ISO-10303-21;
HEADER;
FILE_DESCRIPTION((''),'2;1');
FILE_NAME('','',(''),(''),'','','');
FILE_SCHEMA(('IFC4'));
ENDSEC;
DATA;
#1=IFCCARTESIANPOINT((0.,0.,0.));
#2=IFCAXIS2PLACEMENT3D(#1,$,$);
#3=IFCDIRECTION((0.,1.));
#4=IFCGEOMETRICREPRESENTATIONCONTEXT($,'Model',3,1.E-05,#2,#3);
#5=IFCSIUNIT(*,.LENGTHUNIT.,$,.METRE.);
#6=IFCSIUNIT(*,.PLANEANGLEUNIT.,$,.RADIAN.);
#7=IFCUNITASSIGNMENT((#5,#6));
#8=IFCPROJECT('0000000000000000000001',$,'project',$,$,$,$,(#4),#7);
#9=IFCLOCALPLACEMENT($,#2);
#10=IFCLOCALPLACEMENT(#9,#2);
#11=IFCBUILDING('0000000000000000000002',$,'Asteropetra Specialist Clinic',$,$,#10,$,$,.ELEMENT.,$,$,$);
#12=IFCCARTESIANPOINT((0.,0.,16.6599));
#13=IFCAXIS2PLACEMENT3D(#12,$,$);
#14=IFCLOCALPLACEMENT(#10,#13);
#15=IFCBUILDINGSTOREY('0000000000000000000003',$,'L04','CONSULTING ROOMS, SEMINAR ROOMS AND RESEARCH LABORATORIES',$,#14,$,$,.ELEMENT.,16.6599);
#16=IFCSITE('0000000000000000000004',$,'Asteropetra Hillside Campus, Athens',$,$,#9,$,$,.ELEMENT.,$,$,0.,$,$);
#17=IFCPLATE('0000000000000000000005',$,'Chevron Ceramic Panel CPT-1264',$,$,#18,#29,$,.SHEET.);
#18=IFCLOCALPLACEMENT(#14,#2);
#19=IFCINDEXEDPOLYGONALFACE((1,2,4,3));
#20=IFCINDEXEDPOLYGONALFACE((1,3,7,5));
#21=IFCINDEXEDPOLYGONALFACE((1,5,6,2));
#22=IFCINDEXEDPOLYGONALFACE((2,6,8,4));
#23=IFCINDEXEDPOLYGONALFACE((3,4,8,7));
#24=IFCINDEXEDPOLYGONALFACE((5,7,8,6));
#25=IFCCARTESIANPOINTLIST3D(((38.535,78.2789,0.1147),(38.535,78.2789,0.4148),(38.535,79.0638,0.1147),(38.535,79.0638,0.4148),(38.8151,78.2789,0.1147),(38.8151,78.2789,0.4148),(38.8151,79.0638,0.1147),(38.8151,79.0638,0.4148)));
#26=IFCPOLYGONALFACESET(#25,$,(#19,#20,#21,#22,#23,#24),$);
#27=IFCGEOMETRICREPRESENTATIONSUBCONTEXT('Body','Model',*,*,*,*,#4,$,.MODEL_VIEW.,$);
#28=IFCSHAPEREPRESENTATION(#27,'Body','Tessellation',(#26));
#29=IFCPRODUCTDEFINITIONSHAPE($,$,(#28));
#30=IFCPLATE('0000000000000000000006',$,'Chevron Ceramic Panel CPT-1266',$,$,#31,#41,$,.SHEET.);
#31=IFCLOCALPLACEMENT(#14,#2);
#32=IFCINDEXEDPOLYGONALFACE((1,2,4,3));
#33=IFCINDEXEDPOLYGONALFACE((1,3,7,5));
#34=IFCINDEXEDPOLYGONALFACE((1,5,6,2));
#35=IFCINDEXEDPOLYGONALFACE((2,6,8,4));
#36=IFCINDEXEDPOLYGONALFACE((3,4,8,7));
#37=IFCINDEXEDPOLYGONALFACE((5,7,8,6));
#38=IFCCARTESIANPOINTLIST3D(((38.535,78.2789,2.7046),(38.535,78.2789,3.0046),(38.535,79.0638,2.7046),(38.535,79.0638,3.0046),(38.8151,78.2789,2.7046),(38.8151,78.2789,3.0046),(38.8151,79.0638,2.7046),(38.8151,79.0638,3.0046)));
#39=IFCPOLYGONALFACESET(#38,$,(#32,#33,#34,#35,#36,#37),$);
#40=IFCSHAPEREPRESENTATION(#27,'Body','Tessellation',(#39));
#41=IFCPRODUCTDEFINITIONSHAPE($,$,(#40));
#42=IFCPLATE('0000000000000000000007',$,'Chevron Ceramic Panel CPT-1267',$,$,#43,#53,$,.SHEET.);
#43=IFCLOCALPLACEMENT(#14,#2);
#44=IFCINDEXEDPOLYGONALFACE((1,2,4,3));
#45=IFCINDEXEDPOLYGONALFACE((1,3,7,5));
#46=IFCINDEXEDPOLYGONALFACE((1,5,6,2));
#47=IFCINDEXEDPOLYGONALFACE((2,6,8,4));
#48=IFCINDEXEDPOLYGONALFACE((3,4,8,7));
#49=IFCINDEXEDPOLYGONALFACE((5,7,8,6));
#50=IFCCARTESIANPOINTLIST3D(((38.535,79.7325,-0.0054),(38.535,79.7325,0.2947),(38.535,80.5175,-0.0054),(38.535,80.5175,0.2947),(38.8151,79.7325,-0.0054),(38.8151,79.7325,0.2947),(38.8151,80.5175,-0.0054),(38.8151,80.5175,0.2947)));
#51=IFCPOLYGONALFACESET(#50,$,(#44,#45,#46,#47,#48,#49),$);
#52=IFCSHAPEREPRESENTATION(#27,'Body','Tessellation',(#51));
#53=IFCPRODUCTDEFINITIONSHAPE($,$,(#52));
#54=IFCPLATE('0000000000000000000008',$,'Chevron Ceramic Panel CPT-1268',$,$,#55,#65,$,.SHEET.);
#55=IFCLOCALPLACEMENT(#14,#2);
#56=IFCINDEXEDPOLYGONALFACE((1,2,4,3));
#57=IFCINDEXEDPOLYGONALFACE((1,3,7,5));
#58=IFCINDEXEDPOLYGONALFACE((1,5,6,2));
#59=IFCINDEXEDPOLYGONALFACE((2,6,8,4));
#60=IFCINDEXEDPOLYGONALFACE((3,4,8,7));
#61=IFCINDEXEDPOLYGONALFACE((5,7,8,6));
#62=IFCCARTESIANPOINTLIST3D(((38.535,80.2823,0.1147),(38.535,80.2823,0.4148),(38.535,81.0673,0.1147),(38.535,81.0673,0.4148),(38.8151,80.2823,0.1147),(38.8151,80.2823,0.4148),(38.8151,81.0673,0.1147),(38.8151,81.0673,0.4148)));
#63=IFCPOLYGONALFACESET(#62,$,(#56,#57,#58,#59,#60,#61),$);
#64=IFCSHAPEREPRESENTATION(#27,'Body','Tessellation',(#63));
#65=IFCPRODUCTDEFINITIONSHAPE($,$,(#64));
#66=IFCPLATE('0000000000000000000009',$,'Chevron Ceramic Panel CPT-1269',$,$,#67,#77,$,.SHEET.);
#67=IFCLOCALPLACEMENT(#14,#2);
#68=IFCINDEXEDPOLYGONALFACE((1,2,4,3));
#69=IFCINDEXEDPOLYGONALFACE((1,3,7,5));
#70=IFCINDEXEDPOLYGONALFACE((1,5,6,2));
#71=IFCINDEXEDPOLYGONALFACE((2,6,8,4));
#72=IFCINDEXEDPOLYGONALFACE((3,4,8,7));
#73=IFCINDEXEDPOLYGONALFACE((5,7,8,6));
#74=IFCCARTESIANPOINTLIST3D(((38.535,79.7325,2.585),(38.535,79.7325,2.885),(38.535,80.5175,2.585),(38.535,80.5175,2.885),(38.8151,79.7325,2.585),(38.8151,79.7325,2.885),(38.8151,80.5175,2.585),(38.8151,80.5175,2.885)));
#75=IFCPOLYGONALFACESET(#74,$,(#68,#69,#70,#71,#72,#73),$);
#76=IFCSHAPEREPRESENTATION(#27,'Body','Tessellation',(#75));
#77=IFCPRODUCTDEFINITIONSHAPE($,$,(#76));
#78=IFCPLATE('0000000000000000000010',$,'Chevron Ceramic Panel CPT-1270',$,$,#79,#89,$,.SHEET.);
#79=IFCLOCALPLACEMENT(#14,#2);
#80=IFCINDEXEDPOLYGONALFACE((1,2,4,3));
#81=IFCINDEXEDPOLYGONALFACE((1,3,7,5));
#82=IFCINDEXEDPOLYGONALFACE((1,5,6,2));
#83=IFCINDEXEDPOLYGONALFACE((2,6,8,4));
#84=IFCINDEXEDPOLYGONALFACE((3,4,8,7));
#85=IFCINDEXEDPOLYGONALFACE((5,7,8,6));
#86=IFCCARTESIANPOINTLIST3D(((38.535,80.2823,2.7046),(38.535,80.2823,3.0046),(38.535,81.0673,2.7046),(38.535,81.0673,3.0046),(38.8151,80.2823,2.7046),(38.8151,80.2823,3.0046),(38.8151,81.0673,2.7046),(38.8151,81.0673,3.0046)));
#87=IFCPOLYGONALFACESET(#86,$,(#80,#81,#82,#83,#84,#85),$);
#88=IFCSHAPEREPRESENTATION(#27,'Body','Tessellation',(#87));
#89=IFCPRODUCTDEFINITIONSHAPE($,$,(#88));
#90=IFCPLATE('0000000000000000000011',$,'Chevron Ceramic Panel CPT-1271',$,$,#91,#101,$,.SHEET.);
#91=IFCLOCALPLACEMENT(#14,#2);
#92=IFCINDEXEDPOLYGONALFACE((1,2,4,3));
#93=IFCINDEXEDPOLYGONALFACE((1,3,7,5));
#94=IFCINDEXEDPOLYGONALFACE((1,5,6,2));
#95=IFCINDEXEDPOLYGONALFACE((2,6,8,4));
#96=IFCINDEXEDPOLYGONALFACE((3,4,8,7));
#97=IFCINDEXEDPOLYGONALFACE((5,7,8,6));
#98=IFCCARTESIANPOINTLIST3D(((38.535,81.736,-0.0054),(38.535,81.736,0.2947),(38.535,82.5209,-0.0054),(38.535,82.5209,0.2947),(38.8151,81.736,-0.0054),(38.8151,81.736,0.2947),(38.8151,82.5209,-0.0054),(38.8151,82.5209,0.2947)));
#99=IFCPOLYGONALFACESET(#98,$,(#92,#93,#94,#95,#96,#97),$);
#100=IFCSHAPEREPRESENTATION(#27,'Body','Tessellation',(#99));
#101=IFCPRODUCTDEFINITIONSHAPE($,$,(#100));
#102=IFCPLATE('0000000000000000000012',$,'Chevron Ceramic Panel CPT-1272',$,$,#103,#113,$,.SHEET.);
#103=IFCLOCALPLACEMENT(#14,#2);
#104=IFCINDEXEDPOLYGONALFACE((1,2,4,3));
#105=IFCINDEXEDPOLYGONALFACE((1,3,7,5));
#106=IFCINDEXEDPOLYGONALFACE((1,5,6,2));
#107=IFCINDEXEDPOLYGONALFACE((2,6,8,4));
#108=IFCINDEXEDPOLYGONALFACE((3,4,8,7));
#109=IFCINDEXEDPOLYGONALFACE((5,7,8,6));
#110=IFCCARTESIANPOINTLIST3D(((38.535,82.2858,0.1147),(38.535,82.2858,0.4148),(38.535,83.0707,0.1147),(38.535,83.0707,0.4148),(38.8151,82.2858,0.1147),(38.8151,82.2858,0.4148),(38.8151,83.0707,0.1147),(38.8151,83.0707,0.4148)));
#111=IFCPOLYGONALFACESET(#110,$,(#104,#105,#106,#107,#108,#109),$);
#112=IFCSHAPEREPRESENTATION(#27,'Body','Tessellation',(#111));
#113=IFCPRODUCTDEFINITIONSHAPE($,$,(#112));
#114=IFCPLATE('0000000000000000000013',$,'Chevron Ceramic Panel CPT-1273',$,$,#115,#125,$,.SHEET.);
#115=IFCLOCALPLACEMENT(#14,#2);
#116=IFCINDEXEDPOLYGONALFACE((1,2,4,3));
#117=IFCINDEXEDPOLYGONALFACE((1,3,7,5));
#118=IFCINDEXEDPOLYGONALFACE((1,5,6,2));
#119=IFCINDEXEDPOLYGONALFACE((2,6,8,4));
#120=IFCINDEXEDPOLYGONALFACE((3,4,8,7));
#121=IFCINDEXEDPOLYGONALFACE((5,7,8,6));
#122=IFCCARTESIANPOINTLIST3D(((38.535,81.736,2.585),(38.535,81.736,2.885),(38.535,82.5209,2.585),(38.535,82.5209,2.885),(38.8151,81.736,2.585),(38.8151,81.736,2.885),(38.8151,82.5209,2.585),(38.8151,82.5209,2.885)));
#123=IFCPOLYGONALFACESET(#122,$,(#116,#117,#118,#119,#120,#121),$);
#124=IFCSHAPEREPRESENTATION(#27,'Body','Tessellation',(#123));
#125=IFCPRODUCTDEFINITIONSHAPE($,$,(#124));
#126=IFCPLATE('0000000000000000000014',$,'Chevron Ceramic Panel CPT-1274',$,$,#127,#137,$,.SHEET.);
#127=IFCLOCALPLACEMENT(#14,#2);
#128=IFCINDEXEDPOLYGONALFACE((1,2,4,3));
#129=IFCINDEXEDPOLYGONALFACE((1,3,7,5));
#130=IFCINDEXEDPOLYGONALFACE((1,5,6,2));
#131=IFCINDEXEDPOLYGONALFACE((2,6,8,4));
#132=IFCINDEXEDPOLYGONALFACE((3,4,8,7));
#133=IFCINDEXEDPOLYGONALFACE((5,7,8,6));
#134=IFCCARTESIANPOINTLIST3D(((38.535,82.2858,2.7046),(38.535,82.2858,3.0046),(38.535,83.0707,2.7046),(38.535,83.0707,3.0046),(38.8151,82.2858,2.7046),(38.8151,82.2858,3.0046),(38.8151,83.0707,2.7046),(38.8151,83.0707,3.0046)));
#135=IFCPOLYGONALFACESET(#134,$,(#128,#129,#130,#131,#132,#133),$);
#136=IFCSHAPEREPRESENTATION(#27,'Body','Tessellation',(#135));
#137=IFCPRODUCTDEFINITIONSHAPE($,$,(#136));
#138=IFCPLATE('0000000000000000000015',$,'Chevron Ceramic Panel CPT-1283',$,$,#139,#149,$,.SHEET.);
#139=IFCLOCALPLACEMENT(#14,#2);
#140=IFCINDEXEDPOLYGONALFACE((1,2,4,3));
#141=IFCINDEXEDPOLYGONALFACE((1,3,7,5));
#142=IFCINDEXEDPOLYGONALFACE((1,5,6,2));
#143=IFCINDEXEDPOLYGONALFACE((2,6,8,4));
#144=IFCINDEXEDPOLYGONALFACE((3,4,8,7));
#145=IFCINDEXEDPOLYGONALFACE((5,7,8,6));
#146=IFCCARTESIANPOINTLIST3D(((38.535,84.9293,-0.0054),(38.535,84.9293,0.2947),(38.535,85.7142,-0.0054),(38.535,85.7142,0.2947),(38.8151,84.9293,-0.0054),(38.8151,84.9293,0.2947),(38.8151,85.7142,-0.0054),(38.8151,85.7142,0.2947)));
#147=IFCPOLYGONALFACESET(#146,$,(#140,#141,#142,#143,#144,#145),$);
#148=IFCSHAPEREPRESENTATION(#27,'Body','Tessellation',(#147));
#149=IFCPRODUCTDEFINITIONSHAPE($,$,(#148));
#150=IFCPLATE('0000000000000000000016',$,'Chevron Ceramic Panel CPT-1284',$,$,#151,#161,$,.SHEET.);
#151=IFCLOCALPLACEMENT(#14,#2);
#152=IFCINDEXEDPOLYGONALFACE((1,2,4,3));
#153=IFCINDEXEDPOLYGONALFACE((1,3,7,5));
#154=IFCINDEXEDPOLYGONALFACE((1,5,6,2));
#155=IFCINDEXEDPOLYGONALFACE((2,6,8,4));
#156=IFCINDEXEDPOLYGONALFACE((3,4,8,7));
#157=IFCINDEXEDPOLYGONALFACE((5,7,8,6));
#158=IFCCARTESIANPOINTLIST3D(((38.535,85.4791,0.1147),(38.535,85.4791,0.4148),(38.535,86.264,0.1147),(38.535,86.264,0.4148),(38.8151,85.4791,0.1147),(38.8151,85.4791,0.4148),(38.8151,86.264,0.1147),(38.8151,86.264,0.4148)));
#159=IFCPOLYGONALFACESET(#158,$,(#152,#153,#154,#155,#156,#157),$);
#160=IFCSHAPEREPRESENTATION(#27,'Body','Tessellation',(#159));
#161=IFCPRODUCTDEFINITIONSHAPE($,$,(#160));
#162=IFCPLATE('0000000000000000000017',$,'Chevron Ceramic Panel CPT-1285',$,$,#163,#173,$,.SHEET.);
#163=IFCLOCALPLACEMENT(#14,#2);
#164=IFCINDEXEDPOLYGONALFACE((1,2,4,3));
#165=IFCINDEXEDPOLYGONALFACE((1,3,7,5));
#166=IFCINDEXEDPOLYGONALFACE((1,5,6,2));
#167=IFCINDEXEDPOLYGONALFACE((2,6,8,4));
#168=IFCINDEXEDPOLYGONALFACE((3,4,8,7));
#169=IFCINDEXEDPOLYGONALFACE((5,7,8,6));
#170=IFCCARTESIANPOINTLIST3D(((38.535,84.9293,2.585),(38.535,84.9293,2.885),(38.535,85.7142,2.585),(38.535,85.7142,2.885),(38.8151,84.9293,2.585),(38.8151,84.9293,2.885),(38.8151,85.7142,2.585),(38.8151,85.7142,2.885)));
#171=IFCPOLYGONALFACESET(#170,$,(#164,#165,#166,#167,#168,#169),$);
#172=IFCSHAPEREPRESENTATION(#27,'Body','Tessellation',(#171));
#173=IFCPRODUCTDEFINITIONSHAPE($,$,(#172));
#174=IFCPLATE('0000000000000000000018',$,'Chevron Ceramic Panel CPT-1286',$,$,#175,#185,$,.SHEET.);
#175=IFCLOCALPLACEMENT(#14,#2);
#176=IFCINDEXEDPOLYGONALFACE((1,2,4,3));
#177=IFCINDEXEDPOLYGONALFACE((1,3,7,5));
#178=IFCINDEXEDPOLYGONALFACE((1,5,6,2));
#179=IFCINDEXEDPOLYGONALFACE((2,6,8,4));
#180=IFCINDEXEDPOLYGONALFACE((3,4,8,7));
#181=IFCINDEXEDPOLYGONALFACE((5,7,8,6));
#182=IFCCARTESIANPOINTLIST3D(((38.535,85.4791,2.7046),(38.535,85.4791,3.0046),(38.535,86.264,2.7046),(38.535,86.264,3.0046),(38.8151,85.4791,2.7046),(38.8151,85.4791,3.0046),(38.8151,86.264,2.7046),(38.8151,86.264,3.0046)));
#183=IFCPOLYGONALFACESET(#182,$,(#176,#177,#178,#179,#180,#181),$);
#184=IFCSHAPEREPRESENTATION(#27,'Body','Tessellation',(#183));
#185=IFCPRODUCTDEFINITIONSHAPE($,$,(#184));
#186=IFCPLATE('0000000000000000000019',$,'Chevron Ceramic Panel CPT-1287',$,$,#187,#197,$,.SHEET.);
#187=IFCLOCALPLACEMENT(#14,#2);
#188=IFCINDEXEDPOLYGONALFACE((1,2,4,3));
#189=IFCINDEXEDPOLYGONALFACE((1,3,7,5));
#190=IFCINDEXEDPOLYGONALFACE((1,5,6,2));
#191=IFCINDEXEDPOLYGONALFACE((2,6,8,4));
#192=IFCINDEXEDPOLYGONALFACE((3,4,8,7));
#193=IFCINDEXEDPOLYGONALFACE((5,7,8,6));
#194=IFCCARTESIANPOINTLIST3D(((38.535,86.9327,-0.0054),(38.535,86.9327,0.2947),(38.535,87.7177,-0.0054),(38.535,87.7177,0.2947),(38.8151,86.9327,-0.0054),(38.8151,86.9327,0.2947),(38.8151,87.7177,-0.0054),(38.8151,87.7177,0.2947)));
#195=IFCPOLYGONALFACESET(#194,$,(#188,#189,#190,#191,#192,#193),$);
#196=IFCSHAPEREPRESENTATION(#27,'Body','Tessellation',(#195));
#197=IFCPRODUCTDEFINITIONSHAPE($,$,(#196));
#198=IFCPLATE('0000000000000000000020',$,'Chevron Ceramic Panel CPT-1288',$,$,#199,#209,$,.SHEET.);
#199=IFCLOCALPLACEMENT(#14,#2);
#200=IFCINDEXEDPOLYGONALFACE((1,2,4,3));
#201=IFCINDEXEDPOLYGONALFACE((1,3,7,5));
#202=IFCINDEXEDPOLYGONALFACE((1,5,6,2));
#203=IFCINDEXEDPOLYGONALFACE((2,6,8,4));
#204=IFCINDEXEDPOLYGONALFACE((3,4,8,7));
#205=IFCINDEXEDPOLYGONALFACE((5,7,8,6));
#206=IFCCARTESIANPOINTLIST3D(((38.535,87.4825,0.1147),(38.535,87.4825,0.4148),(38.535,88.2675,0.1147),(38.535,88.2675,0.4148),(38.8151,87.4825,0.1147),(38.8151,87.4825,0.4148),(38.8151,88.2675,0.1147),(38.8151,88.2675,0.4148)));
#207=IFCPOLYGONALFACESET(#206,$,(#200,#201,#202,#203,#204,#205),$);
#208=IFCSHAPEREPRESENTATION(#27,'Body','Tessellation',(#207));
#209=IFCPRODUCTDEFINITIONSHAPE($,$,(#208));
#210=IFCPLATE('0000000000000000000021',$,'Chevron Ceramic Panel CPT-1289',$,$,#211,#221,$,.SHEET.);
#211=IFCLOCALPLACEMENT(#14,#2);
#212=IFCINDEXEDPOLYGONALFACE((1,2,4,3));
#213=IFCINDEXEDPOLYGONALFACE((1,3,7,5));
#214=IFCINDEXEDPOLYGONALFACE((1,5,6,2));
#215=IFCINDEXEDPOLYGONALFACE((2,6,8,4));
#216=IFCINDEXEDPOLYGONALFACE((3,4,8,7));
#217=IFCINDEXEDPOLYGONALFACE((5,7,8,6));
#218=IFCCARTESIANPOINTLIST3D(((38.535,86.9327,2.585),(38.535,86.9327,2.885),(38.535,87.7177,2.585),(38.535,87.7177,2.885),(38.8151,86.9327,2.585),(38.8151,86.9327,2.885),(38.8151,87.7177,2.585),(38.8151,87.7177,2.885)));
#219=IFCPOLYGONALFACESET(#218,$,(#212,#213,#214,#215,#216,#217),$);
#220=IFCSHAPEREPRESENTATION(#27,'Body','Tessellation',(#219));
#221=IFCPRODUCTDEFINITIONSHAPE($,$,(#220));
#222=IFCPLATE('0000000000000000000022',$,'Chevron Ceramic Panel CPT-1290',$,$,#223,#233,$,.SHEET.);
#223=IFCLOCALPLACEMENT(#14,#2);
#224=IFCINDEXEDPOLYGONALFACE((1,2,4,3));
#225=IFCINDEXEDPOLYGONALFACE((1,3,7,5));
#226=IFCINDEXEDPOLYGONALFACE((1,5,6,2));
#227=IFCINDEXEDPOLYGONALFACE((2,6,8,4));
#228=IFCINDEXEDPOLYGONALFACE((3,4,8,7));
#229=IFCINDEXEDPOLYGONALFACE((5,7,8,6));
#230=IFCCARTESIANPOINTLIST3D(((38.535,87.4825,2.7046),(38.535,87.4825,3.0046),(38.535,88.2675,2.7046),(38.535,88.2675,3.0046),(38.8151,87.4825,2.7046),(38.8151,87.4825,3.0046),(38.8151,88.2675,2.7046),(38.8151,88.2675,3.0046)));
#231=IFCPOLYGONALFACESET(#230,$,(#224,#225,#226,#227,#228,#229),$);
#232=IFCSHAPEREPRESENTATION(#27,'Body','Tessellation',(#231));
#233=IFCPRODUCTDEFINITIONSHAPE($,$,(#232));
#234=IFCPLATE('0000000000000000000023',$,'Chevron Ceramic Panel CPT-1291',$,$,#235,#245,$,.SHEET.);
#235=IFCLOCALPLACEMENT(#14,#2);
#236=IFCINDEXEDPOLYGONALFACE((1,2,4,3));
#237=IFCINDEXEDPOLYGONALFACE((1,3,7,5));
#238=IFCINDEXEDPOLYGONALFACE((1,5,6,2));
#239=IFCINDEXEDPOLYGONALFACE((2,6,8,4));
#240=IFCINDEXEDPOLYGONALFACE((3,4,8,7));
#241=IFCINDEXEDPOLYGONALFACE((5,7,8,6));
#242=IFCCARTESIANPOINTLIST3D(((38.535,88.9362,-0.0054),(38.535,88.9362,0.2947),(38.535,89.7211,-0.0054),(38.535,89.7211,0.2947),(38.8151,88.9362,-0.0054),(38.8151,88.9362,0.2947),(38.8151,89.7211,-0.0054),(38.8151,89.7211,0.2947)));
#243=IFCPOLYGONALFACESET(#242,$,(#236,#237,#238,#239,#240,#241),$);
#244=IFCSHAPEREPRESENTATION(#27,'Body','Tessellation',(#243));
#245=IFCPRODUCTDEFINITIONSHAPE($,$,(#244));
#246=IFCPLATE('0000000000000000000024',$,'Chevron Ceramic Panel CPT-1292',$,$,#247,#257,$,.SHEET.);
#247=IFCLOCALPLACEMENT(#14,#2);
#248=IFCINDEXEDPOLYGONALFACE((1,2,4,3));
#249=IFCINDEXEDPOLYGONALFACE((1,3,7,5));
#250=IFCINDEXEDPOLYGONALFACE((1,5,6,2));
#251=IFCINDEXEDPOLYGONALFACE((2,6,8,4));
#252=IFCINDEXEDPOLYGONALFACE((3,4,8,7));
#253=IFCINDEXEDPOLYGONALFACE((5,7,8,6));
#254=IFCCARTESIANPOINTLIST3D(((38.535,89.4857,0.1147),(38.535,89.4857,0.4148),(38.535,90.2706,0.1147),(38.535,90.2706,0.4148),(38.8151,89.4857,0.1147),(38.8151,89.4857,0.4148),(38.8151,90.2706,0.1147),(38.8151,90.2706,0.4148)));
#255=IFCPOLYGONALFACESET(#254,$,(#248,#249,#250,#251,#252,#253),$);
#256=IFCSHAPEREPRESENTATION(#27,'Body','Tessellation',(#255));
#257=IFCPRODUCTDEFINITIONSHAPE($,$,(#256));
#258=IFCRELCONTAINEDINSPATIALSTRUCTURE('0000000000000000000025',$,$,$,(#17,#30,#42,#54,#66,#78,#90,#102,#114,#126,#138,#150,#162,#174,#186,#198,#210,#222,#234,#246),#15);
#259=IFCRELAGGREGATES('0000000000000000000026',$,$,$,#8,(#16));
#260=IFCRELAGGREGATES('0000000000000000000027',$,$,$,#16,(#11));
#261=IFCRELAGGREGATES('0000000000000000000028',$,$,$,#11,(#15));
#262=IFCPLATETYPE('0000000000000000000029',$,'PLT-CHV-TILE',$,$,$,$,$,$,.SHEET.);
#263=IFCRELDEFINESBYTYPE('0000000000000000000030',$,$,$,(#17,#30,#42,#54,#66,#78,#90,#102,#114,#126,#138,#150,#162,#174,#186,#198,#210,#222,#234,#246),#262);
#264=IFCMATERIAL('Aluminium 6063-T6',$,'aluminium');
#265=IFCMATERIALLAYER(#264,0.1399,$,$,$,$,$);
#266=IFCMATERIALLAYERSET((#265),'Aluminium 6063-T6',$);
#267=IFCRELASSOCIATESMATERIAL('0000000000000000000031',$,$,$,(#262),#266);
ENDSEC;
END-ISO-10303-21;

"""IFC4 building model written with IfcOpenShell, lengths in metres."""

from ifc_helpers import new_model, si_unit, direction, frame, origin, origin_2d, place, context, subcontext, project, spatial, rectangle, extrude, material, layer, layer_set, type_object, element, save


model = new_model("IFC4")

# Units and contexts
model_context = context("Model", 3, precision=1e-05, world=origin(), true_north=direction((0.0, 1.0)))
body_context = subcontext(model_context, "Body", "Model", "MODEL_VIEW")
ifc_project = project(units=[si_unit("LENGTHUNIT", "METRE"), si_unit("PLANEANGLEUNIT", "RADIAN")], contexts=[model_context])

# Site, building, storey
site_placement = place(None, origin())
site = spatial("IfcSite", under=ifc_project, at=site_placement, Name="Asteropetra Hillside Campus, Athens", CompositionType="ELEMENT", RefElevation=0.0)
building_placement = place(site_placement, origin())
building = spatial("IfcBuilding", under=site, at=building_placement, Name="Asteropetra Specialist Clinic", CompositionType="ELEMENT")
storey_placement = place(building_placement, frame((0.0, 0.0, 16.6599)))
storey = spatial("IfcBuildingStorey", under=building, at=storey_placement, Name="L04", Description="CONSULTING ROOMS, SEMINAR ROOMS AND RESEARCH LABORATORIES", CompositionType="ELEMENT", Elevation=16.6599)

# Plates
ifc_material = material(Name="Aluminium 6063-T6", Category="aluminium")
ifc_layer = layer(ifc_material, 0.1399)
ifc_layer_set = layer_set([ifc_layer], Name="Aluminium 6063-T6")
plate_type = type_object("IfcPlateType", Name="PLT-CHV-TILE", PredefinedType="SHEET", material=ifc_layer_set)
for number, where, z_axis, x_axis, name in (
    (1, (38.675, 78.6714, 0.1147), (0.0, 0.0, 1.0), (1.0, 0.0, 0.0), "Chevron Ceramic Panel CPT-1264"),
    (2, (38.675, 78.6714, 2.7046), (0.0, 0.0, 1.0), (1.0, 0.0, 0.0), "Chevron Ceramic Panel CPT-1266"),
    (3, (38.675, 80.125, -0.0054), (0.0, 0.0, 1.0), (1.0, 0.0, 0.0), "Chevron Ceramic Panel CPT-1267"),
    (4, (38.675, 80.6748, 0.1147), (0.0, 0.0, 1.0), (1.0, 0.0, 0.0), "Chevron Ceramic Panel CPT-1268"),
    (5, (38.675, 80.125, 2.585), (0.0, 0.0, 1.0), (1.0, 0.0, 0.0), "Chevron Ceramic Panel CPT-1269"),
    (6, (38.675, 80.6748, 2.7046), (0.0, 0.0, 1.0), (1.0, 0.0, 0.0), "Chevron Ceramic Panel CPT-1270"),
    (7, (38.675, 82.1284, -0.0054), (0.0, 0.0, 1.0), (1.0, 0.0, 0.0), "Chevron Ceramic Panel CPT-1271"),
    (8, (38.675, 82.6782, 0.1147), (0.0, 0.0, 1.0), (1.0, 0.0, 0.0), "Chevron Ceramic Panel CPT-1272"),
    (9, (38.675, 82.1284, 2.585), (0.0, 0.0, 1.0), (1.0, 0.0, 0.0), "Chevron Ceramic Panel CPT-1273"),
    (10, (38.675, 82.6782, 2.7046), (0.0, 0.0, 1.0), (1.0, 0.0, 0.0), "Chevron Ceramic Panel CPT-1274"),
    (11, (38.675, 85.3218, -0.0054), (0.0, 0.0, 1.0), (1.0, 0.0, 0.0), "Chevron Ceramic Panel CPT-1283"),
    (12, (38.675, 85.8716, 0.1147), (0.0, 0.0, 1.0), (1.0, 0.0, 0.0), "Chevron Ceramic Panel CPT-1284"),
    (13, (38.675, 85.3218, 2.585), (0.0, 0.0, 1.0), (1.0, 0.0, 0.0), "Chevron Ceramic Panel CPT-1285"),
    (14, (38.675, 85.8716, 2.7046), (0.0, 0.0, 1.0), (1.0, 0.0, 0.0), "Chevron Ceramic Panel CPT-1286"),
    (15, (38.675, 87.3252, -0.0054), (0.0, 0.0, 1.0), (1.0, 0.0, 0.0), "Chevron Ceramic Panel CPT-1287"),
    (16, (38.675, 87.875, 0.1147), (0.0, 0.0, 1.0), (1.0, 0.0, 0.0), "Chevron Ceramic Panel CPT-1288"),
    (17, (38.675, 87.3252, 2.585), (0.0, 0.0, 1.0), (1.0, 0.0, 0.0), "Chevron Ceramic Panel CPT-1289"),
    (18, (38.675, 87.875, 2.7046), (0.0, 0.0, 1.0), (1.0, 0.0, 0.0), "Chevron Ceramic Panel CPT-1290"),
    (19, (38.675, 89.3286, -0.0054), (0.0, 0.0, 1.0), (1.0, 0.0, 0.0), "Chevron Ceramic Panel CPT-1291"),
    (20, (38.675, 89.8782, 0.1147), (0.0, 0.0, 1.0), (1.0, 0.0, 0.0), "Chevron Ceramic Panel CPT-1292"),
):
    element("IfcPlate", number, at=place(storey_placement, frame(where, z_axis=z_axis, x_axis=x_axis)), inside=storey, type_object=plate_type, Name=name, PredefinedType="SHEET", context=body_context, shape_type="SweptSolid", body=[
        extrude(rectangle(XDim=0.28, YDim=0.7849, at=origin_2d()), origin(), (0.0, 0.0, 1.0), 0.3),
    ])

save(model, "model.ifc")
